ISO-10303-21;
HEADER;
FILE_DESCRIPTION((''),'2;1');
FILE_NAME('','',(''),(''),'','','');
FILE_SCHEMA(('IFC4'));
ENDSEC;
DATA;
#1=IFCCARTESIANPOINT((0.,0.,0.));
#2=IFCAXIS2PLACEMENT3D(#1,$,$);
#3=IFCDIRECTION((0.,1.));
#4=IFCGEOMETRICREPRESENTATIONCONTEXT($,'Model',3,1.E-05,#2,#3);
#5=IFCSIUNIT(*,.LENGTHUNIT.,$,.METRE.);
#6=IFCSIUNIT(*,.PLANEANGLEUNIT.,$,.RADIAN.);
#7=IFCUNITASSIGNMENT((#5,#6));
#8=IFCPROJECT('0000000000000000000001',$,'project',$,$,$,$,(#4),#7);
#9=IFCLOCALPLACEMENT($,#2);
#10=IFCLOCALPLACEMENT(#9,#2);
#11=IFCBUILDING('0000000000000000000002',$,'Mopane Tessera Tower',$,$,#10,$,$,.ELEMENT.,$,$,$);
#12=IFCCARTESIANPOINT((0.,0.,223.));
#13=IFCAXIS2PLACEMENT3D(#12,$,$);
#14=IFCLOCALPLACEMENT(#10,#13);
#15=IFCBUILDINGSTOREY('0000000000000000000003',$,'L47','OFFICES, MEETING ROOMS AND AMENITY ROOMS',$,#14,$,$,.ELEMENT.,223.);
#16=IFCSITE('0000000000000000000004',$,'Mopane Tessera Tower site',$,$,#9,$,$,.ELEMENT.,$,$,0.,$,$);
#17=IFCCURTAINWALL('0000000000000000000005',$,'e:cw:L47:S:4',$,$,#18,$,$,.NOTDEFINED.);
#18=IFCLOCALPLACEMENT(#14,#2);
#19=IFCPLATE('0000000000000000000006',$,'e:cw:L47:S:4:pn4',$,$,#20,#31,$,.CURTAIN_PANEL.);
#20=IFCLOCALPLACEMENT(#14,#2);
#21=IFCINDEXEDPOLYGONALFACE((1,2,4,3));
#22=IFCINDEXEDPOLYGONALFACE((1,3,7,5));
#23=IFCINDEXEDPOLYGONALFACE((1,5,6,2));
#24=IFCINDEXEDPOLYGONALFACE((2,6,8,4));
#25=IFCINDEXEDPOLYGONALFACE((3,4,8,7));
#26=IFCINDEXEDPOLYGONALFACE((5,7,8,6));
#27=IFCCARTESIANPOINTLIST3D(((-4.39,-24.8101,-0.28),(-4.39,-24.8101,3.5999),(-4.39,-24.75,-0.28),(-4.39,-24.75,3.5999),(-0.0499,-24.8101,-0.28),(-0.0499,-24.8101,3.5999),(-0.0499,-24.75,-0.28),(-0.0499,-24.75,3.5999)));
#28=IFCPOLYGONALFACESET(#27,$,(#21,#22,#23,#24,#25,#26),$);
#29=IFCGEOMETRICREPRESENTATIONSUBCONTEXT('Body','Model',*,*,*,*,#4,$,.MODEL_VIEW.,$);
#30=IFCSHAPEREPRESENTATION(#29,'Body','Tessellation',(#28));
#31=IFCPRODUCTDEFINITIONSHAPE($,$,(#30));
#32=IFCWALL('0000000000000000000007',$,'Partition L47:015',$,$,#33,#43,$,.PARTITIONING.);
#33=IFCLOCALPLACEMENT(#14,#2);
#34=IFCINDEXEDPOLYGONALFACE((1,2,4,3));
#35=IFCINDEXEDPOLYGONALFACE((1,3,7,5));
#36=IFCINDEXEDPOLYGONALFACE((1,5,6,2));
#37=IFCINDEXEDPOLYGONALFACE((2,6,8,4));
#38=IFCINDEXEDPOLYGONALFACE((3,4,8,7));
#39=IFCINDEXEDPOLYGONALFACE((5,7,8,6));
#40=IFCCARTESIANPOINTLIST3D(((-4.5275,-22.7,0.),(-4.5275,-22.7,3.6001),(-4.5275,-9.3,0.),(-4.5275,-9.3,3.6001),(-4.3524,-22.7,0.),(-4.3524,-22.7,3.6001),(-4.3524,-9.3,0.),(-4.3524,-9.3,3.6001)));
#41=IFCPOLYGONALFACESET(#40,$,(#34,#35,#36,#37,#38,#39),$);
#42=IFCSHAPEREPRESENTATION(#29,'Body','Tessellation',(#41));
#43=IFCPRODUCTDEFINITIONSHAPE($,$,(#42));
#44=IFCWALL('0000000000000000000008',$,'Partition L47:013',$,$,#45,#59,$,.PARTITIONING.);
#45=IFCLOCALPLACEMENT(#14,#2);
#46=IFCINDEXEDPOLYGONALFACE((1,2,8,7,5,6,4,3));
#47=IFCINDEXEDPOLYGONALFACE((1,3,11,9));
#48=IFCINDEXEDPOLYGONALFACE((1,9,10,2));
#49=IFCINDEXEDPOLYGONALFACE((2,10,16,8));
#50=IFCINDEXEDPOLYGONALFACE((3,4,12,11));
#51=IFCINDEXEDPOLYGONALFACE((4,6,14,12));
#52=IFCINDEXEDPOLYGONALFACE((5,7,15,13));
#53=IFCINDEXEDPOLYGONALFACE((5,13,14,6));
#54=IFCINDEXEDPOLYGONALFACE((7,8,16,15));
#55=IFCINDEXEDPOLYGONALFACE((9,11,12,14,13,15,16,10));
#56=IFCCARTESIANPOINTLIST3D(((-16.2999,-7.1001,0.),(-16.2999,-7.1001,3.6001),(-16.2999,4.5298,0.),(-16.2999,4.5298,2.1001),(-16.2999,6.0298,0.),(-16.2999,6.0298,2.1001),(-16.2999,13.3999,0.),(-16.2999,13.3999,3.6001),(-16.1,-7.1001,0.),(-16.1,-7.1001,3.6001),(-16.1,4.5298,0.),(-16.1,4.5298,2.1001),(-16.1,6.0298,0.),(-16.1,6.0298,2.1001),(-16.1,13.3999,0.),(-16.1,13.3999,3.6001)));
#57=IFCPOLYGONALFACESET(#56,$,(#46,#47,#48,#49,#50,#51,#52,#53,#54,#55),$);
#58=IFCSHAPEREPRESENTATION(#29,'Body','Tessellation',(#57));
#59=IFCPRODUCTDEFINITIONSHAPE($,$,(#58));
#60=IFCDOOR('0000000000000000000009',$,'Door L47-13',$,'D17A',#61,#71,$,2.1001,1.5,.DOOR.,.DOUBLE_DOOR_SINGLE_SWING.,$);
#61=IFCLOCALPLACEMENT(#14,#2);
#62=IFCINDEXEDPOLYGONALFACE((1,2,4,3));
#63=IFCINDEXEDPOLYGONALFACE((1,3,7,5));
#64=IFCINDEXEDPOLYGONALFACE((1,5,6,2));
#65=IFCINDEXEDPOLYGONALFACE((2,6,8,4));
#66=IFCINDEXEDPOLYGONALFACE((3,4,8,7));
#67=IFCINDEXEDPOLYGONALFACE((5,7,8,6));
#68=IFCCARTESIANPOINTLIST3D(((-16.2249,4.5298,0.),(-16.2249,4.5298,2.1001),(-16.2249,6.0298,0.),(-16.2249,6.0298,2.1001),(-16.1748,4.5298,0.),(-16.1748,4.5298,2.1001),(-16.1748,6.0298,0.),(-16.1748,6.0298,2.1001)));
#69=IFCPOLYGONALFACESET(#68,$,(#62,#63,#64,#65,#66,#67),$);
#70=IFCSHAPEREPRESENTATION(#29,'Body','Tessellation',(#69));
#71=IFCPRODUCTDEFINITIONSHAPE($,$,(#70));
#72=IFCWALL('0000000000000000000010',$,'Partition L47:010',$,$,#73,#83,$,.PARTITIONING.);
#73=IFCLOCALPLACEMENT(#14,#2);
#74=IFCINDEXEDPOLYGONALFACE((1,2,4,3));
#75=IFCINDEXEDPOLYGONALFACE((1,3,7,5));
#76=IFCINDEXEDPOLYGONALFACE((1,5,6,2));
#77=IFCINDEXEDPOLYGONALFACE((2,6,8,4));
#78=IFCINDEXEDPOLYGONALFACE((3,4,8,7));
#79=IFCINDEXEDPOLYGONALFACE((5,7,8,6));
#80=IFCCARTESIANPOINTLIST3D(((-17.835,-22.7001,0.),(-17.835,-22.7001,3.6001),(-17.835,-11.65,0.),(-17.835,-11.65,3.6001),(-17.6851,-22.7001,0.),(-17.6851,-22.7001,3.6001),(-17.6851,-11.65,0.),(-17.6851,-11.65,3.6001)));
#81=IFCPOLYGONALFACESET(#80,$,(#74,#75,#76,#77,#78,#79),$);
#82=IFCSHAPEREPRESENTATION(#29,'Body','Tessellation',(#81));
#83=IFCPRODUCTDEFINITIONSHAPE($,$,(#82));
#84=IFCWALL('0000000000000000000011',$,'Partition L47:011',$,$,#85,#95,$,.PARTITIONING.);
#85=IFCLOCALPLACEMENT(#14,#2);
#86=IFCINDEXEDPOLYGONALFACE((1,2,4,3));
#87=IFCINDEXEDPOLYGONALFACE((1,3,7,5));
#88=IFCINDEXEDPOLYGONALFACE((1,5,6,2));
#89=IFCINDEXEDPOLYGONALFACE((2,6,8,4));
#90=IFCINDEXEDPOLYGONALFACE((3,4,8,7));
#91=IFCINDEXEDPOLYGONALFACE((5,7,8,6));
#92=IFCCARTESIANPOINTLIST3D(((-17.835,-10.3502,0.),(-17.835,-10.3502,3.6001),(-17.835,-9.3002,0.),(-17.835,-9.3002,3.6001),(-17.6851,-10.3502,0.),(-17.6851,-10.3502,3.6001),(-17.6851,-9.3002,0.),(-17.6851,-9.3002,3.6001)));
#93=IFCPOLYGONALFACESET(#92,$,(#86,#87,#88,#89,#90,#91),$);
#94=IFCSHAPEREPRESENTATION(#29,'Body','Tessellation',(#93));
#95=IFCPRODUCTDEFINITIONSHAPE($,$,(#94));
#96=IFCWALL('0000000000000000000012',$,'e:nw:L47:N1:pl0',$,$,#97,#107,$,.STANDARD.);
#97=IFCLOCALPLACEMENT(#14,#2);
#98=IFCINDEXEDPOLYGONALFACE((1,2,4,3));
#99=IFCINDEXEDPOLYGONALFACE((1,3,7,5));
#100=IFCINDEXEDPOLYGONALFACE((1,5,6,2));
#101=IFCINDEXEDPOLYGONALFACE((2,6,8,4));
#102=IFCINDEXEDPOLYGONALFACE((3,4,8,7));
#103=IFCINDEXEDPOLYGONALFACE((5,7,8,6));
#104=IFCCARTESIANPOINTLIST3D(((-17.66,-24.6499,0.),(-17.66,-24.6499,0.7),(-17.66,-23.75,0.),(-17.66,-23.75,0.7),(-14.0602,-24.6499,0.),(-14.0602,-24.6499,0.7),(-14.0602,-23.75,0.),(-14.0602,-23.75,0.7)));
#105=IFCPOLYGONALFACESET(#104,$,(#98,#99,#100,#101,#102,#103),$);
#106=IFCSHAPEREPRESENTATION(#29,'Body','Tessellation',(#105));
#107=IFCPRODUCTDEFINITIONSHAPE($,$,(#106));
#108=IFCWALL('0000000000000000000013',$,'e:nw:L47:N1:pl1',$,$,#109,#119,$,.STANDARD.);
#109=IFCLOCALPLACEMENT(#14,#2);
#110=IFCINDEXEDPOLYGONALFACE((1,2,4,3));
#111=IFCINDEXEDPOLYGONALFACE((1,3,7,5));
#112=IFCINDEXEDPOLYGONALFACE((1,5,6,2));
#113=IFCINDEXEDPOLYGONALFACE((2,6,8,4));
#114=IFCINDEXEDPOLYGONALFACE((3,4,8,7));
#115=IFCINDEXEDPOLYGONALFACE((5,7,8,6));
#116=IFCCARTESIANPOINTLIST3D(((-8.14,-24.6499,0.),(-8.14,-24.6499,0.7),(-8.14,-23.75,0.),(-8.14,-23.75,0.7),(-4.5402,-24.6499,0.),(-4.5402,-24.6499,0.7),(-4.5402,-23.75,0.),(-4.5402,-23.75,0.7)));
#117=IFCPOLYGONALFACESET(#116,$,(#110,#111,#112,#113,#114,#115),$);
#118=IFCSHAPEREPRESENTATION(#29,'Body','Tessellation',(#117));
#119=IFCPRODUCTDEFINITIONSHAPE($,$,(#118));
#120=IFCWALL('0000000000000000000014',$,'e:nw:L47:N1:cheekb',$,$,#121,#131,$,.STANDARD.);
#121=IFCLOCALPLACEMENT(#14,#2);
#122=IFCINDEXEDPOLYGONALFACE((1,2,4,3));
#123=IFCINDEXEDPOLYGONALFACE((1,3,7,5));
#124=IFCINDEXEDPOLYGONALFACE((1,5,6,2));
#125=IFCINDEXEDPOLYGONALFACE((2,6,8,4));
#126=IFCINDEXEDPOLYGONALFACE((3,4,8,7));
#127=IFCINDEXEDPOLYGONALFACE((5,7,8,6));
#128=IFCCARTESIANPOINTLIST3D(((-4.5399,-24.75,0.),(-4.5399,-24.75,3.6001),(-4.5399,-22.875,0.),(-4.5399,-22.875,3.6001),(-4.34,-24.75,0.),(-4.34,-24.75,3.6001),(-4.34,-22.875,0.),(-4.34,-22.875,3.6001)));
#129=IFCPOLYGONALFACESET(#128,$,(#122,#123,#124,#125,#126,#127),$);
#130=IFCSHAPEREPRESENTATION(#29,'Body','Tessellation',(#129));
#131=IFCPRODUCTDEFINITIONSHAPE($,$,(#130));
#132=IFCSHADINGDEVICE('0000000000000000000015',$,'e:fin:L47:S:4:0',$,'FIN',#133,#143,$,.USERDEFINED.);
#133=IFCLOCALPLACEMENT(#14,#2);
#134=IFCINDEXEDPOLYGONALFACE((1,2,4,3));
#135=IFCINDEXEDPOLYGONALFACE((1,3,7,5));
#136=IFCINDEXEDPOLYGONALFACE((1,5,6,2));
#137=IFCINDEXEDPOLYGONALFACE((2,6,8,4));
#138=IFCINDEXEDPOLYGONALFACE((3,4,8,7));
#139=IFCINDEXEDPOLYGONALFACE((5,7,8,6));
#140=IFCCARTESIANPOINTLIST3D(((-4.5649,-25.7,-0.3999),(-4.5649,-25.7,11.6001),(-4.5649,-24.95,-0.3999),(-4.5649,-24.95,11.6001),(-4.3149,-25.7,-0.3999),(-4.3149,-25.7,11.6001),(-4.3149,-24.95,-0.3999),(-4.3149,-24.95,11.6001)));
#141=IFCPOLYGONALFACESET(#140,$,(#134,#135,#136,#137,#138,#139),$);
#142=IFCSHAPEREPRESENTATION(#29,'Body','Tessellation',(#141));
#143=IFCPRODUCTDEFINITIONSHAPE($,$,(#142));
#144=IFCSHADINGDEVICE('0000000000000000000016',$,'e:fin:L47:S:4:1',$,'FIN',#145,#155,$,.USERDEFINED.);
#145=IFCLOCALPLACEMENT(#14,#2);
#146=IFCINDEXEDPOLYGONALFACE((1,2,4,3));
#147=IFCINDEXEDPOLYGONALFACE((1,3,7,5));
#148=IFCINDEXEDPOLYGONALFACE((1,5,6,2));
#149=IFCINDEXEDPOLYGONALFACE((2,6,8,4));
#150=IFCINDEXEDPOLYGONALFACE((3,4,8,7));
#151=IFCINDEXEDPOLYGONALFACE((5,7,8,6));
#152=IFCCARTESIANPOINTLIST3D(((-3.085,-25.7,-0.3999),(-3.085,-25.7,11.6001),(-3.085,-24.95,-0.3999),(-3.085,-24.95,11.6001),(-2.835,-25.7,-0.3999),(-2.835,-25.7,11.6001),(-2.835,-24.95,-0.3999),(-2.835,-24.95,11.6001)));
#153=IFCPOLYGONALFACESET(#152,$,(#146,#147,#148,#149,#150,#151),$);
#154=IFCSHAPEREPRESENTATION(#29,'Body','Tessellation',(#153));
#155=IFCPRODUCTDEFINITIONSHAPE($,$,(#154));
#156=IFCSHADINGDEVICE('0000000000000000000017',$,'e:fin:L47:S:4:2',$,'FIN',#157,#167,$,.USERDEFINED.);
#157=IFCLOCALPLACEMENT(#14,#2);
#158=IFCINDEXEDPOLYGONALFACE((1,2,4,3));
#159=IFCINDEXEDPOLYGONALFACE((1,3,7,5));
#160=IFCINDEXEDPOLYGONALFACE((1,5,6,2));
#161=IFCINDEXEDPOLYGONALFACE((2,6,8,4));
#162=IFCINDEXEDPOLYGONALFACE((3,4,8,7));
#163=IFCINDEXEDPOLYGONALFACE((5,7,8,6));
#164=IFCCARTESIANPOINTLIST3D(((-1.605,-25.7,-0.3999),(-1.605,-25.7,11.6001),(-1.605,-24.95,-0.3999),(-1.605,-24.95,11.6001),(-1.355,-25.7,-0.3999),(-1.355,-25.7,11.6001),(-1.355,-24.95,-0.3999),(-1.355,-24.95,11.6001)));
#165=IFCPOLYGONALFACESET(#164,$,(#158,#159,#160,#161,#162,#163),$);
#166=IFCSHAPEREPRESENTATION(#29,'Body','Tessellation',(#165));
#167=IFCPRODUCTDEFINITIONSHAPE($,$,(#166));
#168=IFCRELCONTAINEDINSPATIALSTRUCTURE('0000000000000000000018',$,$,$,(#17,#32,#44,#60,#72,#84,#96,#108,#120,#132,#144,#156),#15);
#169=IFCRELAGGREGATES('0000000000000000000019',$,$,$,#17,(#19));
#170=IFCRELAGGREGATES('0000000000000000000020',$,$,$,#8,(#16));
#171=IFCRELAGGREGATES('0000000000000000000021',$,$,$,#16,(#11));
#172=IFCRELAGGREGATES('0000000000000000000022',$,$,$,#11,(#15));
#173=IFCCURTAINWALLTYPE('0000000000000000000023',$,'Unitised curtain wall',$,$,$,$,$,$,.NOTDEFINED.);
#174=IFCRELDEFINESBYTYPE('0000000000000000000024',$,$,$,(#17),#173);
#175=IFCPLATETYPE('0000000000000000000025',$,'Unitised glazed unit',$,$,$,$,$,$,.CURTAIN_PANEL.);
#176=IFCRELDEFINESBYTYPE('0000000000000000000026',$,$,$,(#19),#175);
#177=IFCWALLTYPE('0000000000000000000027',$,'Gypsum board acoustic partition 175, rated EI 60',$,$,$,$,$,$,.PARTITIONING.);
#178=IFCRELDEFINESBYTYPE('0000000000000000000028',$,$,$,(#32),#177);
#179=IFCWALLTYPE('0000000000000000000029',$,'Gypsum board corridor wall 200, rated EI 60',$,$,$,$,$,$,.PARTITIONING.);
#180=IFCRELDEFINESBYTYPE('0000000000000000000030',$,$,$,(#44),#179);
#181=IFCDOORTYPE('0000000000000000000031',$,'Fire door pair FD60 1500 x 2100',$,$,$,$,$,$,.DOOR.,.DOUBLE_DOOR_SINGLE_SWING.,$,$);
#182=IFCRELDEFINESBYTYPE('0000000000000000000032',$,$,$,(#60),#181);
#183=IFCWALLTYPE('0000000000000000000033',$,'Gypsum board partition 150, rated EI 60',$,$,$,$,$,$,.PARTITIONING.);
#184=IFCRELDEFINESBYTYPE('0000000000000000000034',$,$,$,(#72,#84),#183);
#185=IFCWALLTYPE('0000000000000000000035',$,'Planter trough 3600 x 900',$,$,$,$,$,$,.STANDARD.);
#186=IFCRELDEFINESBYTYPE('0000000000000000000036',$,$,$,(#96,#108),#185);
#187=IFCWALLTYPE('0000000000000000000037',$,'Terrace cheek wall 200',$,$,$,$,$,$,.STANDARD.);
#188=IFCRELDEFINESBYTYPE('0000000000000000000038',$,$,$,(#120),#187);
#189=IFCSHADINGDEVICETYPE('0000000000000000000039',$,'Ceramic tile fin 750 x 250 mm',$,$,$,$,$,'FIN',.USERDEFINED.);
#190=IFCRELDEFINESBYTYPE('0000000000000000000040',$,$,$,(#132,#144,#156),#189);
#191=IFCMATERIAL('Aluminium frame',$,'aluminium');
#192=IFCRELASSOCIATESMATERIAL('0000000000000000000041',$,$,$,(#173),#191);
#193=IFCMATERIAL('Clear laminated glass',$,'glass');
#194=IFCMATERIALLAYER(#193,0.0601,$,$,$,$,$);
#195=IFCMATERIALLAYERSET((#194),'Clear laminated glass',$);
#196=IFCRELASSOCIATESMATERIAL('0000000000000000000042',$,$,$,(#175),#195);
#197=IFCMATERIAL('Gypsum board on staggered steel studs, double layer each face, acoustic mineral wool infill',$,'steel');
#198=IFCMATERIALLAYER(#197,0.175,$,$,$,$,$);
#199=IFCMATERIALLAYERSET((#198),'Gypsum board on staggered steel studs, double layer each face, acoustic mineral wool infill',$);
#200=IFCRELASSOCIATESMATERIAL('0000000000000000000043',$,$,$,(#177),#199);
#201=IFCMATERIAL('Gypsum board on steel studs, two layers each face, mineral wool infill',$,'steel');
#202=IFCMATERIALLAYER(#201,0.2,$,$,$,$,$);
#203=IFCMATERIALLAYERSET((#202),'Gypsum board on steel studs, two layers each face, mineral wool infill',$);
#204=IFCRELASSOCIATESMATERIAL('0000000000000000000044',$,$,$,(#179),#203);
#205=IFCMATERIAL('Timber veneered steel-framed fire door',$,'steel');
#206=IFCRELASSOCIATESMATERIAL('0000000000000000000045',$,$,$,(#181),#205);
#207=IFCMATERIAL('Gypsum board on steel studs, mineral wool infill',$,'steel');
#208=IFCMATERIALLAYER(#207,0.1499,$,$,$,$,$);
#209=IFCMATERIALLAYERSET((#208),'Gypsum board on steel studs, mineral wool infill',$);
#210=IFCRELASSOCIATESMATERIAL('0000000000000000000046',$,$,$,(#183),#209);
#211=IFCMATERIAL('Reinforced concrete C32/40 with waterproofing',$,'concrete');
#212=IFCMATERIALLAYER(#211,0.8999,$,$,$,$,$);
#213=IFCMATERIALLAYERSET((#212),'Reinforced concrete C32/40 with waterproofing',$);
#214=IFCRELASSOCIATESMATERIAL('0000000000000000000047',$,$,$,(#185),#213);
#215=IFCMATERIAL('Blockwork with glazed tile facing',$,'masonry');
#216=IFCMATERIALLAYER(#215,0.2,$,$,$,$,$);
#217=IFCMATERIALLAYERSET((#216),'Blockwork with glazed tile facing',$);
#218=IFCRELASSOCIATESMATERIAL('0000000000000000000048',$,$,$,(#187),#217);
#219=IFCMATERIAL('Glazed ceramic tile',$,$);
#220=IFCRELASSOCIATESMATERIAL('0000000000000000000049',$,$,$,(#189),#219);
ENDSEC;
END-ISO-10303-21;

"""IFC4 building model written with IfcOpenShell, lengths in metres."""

from ifc_helpers import new_model, si_unit, direction, frame, frame_2d, origin, origin_2d, place, context, subcontext, project, spatial, rectangle, extrude, material, layer, layer_set, type_object, element, fill, aggregate, save


model = new_model("IFC4")

# Units and contexts
model_context = context("Model", 3, precision=1e-05, world=origin(), true_north=direction((0.0, 1.0)))
body_context = subcontext(model_context, "Body", "Model", "MODEL_VIEW")
ifc_project = project(units=[si_unit("LENGTHUNIT", "METRE"), si_unit("PLANEANGLEUNIT", "RADIAN")], contexts=[model_context])

# Site, building, storey
site_placement = place(None, origin())
site = spatial("IfcSite", under=ifc_project, at=site_placement, Name="Mopane Tessera Tower site", CompositionType="ELEMENT", RefElevation=0.0)
building_placement = place(site_placement, origin())
building = spatial("IfcBuilding", under=site, at=building_placement, Name="Mopane Tessera Tower", CompositionType="ELEMENT")
storey_placement = place(building_placement, frame((0.0, 0.0, 223.0)))
storey = spatial("IfcBuildingStorey", under=building, at=storey_placement, Name="L47", Description="OFFICES, MEETING ROOMS AND AMENITY ROOMS", CompositionType="ELEMENT", Elevation=223.0)

# Curtain wall
ifc_material_1 = material(Name="Aluminium frame", Category="aluminium")
curtain_wall_type = type_object("IfcCurtainWallType", Name="Unitised curtain wall", PredefinedType="NOTDEFINED", material=ifc_material_1)
curtain_wall_placement = place(storey_placement, origin())
curtain_wall = element("IfcCurtainWall", 1, at=curtain_wall_placement, inside=storey, type_object=curtain_wall_type, Name="e:cw:L47:S:4", PredefinedType="NOTDEFINED")

# Plate
ifc_material_2 = material(Name="Clear laminated glass", Category="glass")
ifc_layer_1 = layer(ifc_material_2, 0.0601)
ifc_layer_set_1 = layer_set([ifc_layer_1], Name="Clear laminated glass")
plate_type = type_object("IfcPlateType", Name="Unitised glazed unit", PredefinedType="CURTAIN_PANEL", material=ifc_layer_set_1)
plate_placement = place(storey_placement, frame((-2.22, -24.78, -0.28), z_axis=(0.0, 0.0, 1.0), x_axis=(1.0, 0.0, 0.0)))
plate = element("IfcPlate", 2, at=plate_placement, type_object=plate_type, Name="e:cw:L47:S:4:pn4", PredefinedType="CURTAIN_PANEL", context=body_context, shape_type="SweptSolid", body=[
    extrude(rectangle(XDim=4.3401, YDim=0.0601, at=origin_2d()), origin(), (0.0, 0.0, 1.0), 3.8799),
])
aggregate(curtain_wall, [plate])

# Wall
ifc_material_3 = material(Name="Gypsum board on staggered steel studs, double layer each face, acoustic mineral wool infill", Category="steel")
ifc_layer_2 = layer(ifc_material_3, 0.175)
ifc_layer_set_2 = layer_set([ifc_layer_2], Name="Gypsum board on staggered steel studs, double layer each face, acoustic mineral wool infill")
wall_type_1 = type_object("IfcWallType", Name="Gypsum board acoustic partition 175, rated EI 60", PredefinedType="PARTITIONING", material=ifc_layer_set_2)
wall_1_placement = place(storey_placement, frame((-4.4399, -22.7, 0.0), z_axis=(0.0, 0.0, 1.0), x_axis=(0.0, 1.0, 0.0)))
element("IfcWall", 3, at=wall_1_placement, inside=storey, type_object=wall_type_1, Name="Partition L47:015", PredefinedType="PARTITIONING", context=body_context, shape_type="SweptSolid", body=[
    extrude(rectangle(XDim=13.3999, YDim=0.175, at=frame_2d((6.7, 0.0))), origin(), (0.0, 0.0, 1.0), 3.6001),
])

# Wall, opening, door
ifc_material_4 = material(Name="Gypsum board on steel studs, two layers each face, mineral wool infill", Category="steel")
ifc_layer_3 = layer(ifc_material_4, 0.2)
ifc_layer_set_3 = layer_set([ifc_layer_3], Name="Gypsum board on steel studs, two layers each face, mineral wool infill")
wall_type_2 = type_object("IfcWallType", Name="Gypsum board corridor wall 200, rated EI 60", PredefinedType="PARTITIONING", material=ifc_layer_set_3)
wall_2_placement = place(storey_placement, frame((-16.2, -7.1001, 0.0), z_axis=(0.0, 0.0, 1.0), x_axis=(0.0, 1.0, 0.0)))
wall_2 = element("IfcWall", 4, at=wall_2_placement, inside=storey, type_object=wall_type_2, Name="Partition L47:013", PredefinedType="PARTITIONING", context=body_context, shape_type="SweptSolid", body=[
    extrude(rectangle(XDim=20.5, YDim=0.2, at=frame_2d((10.25, 0.0))), origin(), (0.0, 0.0, 1.0), 3.6001),
])
opening_placement = place(wall_2_placement, frame((11.6299, 0.0, 0.0)))
opening = element("IfcOpeningElement", 5, at=opening_placement, cuts=wall_2, PredefinedType="OPENING", context=body_context, shape_type="SweptSolid", body=[
    extrude(rectangle(XDim=1.5, YDim=2.1001, at=frame_2d((0.75, 1.05))), frame((0.0, 0.1121, 0.0), z_axis=(0.0, -1.0, 0.0), x_axis=(1.0, 0.0, 0.0)), (0.0, 0.0, 1.0), 0.2239),
])
ifc_material_5 = material(Name="Timber veneered steel-framed fire door", Category="steel")
door_type = type_object("IfcDoorType", Name="Fire door pair FD60 1500 x 2100", OperationType="DOUBLE_DOOR_SINGLE_SWING", PredefinedType="DOOR", material=ifc_material_5)
door_placement = place(opening_placement, origin())
door = element("IfcDoor", 6, at=door_placement, inside=storey, type_object=door_type, Name="Door L47-13", ObjectType="D17A", OperationType="DOUBLE_DOOR_SINGLE_SWING", OverallHeight=2.1001, OverallWidth=1.5, PredefinedType="DOOR", context=body_context, shape_type="SweptSolid", body=[
    extrude(rectangle(XDim=1.5, YDim=2.1001, at=frame_2d((0.75, 1.05))), frame((0.0, 0.0249, 0.0), z_axis=(0.0, -1.0, 0.0), x_axis=(1.0, 0.0, 0.0)), (0.0, 0.0, 1.0), 0.05),
])
fill(opening, door)

# Walls
ifc_material_6 = material(Name="Gypsum board on steel studs, mineral wool infill", Category="steel")
ifc_layer_4 = layer(ifc_material_6, 0.1499)
ifc_layer_set_4 = layer_set([ifc_layer_4], Name="Gypsum board on steel studs, mineral wool infill")
wall_type_3 = type_object("IfcWallType", Name="Gypsum board partition 150, rated EI 60", PredefinedType="PARTITIONING", material=ifc_layer_set_4)
wall_3_placement = place(storey_placement, frame((-17.76, -22.7, 0.0), z_axis=(0.0, 0.0, 1.0), x_axis=(0.0, 1.0, 0.0)))
element("IfcWall", 7, at=wall_3_placement, inside=storey, type_object=wall_type_3, Name="Partition L47:010", PredefinedType="PARTITIONING", context=body_context, shape_type="SweptSolid", body=[
    extrude(rectangle(XDim=11.05, YDim=0.1499, at=frame_2d((5.5249, 0.0))), origin(), (0.0, 0.0, 1.0), 3.6001),
])
wall_4_placement = place(storey_placement, frame((-17.76, -10.3501, 0.0), z_axis=(0.0, 0.0, 1.0), x_axis=(0.0, 1.0, 0.0)))
element("IfcWall", 8, at=wall_4_placement, inside=storey, type_object=wall_type_3, Name="Partition L47:011", PredefinedType="PARTITIONING", context=body_context, shape_type="SweptSolid", body=[
    extrude(rectangle(XDim=1.05, YDim=0.1499, at=frame_2d((0.5249, 0.0))), origin(), (0.0, 0.0, 1.0), 3.6001),
])
ifc_material_7 = material(Name="Reinforced concrete C32/40 with waterproofing", Category="concrete")
ifc_layer_5 = layer(ifc_material_7, 0.8999)
ifc_layer_set_5 = layer_set([ifc_layer_5], Name="Reinforced concrete C32/40 with waterproofing")
wall_type_4 = type_object("IfcWallType", Name="Planter trough 3600 x 900", PredefinedType="STANDARD", material=ifc_layer_set_5)
for number, where, z_axis, x_axis, name in (
    (9, (-17.6599, -24.2, 0.0), (0.0, 0.0, 1.0), (1.0, 0.0, 0.0), "e:nw:L47:N1:pl0"),
    (10, (-8.1399, -24.2, 0.0), (0.0, 0.0, 1.0), (1.0, 0.0, 0.0), "e:nw:L47:N1:pl1"),
):
    element("IfcWall", number, at=place(storey_placement, frame(where, z_axis=z_axis, x_axis=x_axis)), inside=storey, type_object=wall_type_4, Name=name, PredefinedType="STANDARD", context=body_context, shape_type="SweptSolid", body=[
        extrude(rectangle(XDim=3.5999, YDim=0.8999, at=frame_2d((1.7998, 0.0))), origin(), (0.0, 0.0, 1.0), 0.7),
    ])
ifc_material_8 = material(Name="Blockwork with glazed tile facing", Category="masonry")
ifc_layer_6 = layer(ifc_material_8, 0.2)
ifc_layer_set_6 = layer_set([ifc_layer_6], Name="Blockwork with glazed tile facing")
wall_type_5 = type_object("IfcWallType", Name="Terrace cheek wall 200", PredefinedType="STANDARD", material=ifc_layer_set_6)
wall_5_placement = place(storey_placement, frame((-4.4399, -24.75, 0.0), z_axis=(0.0, 0.0, 1.0), x_axis=(0.0, 1.0, 0.0)))
element("IfcWall", 11, at=wall_5_placement, inside=storey, type_object=wall_type_5, Name="e:nw:L47:N1:cheekb", PredefinedType="STANDARD", context=body_context, shape_type="SweptSolid", body=[
    extrude(rectangle(XDim=1.875, YDim=0.2, at=frame_2d((0.9375, 0.0))), origin(), (0.0, 0.0, 1.0), 3.6001),
])

# Shading devices
ifc_material_9 = material(Name="Glazed ceramic tile")
shading_device_type = type_object("IfcShadingDeviceType", Name="Ceramic tile fin 750 x 250 mm", ElementType="FIN", PredefinedType="USERDEFINED", material=ifc_material_9)
for number, where, z_axis, x_axis, name in (
    (12, (-4.4399, -25.325, -0.3999), (0.0, 0.0, 1.0), (1.0, 0.0, 0.0), "e:fin:L47:S:4:0"),
    (13, (-2.96, -25.325, -0.3999), (0.0, 0.0, 1.0), (1.0, 0.0, 0.0), "e:fin:L47:S:4:1"),
    (14, (-1.48, -25.325, -0.3999), (0.0, 0.0, 1.0), (1.0, 0.0, 0.0), "e:fin:L47:S:4:2"),
):
    element("IfcShadingDevice", number, at=place(storey_placement, frame(where, z_axis=z_axis, x_axis=x_axis)), inside=storey, type_object=shading_device_type, Name=name, ObjectType="FIN", PredefinedType="USERDEFINED", context=body_context, shape_type="SweptSolid", body=[
        extrude(rectangle(XDim=0.25, YDim=0.75, at=origin_2d()), origin(), (0.0, 0.0, 1.0), 12.0),
    ])

save(model, "model.ifc")
